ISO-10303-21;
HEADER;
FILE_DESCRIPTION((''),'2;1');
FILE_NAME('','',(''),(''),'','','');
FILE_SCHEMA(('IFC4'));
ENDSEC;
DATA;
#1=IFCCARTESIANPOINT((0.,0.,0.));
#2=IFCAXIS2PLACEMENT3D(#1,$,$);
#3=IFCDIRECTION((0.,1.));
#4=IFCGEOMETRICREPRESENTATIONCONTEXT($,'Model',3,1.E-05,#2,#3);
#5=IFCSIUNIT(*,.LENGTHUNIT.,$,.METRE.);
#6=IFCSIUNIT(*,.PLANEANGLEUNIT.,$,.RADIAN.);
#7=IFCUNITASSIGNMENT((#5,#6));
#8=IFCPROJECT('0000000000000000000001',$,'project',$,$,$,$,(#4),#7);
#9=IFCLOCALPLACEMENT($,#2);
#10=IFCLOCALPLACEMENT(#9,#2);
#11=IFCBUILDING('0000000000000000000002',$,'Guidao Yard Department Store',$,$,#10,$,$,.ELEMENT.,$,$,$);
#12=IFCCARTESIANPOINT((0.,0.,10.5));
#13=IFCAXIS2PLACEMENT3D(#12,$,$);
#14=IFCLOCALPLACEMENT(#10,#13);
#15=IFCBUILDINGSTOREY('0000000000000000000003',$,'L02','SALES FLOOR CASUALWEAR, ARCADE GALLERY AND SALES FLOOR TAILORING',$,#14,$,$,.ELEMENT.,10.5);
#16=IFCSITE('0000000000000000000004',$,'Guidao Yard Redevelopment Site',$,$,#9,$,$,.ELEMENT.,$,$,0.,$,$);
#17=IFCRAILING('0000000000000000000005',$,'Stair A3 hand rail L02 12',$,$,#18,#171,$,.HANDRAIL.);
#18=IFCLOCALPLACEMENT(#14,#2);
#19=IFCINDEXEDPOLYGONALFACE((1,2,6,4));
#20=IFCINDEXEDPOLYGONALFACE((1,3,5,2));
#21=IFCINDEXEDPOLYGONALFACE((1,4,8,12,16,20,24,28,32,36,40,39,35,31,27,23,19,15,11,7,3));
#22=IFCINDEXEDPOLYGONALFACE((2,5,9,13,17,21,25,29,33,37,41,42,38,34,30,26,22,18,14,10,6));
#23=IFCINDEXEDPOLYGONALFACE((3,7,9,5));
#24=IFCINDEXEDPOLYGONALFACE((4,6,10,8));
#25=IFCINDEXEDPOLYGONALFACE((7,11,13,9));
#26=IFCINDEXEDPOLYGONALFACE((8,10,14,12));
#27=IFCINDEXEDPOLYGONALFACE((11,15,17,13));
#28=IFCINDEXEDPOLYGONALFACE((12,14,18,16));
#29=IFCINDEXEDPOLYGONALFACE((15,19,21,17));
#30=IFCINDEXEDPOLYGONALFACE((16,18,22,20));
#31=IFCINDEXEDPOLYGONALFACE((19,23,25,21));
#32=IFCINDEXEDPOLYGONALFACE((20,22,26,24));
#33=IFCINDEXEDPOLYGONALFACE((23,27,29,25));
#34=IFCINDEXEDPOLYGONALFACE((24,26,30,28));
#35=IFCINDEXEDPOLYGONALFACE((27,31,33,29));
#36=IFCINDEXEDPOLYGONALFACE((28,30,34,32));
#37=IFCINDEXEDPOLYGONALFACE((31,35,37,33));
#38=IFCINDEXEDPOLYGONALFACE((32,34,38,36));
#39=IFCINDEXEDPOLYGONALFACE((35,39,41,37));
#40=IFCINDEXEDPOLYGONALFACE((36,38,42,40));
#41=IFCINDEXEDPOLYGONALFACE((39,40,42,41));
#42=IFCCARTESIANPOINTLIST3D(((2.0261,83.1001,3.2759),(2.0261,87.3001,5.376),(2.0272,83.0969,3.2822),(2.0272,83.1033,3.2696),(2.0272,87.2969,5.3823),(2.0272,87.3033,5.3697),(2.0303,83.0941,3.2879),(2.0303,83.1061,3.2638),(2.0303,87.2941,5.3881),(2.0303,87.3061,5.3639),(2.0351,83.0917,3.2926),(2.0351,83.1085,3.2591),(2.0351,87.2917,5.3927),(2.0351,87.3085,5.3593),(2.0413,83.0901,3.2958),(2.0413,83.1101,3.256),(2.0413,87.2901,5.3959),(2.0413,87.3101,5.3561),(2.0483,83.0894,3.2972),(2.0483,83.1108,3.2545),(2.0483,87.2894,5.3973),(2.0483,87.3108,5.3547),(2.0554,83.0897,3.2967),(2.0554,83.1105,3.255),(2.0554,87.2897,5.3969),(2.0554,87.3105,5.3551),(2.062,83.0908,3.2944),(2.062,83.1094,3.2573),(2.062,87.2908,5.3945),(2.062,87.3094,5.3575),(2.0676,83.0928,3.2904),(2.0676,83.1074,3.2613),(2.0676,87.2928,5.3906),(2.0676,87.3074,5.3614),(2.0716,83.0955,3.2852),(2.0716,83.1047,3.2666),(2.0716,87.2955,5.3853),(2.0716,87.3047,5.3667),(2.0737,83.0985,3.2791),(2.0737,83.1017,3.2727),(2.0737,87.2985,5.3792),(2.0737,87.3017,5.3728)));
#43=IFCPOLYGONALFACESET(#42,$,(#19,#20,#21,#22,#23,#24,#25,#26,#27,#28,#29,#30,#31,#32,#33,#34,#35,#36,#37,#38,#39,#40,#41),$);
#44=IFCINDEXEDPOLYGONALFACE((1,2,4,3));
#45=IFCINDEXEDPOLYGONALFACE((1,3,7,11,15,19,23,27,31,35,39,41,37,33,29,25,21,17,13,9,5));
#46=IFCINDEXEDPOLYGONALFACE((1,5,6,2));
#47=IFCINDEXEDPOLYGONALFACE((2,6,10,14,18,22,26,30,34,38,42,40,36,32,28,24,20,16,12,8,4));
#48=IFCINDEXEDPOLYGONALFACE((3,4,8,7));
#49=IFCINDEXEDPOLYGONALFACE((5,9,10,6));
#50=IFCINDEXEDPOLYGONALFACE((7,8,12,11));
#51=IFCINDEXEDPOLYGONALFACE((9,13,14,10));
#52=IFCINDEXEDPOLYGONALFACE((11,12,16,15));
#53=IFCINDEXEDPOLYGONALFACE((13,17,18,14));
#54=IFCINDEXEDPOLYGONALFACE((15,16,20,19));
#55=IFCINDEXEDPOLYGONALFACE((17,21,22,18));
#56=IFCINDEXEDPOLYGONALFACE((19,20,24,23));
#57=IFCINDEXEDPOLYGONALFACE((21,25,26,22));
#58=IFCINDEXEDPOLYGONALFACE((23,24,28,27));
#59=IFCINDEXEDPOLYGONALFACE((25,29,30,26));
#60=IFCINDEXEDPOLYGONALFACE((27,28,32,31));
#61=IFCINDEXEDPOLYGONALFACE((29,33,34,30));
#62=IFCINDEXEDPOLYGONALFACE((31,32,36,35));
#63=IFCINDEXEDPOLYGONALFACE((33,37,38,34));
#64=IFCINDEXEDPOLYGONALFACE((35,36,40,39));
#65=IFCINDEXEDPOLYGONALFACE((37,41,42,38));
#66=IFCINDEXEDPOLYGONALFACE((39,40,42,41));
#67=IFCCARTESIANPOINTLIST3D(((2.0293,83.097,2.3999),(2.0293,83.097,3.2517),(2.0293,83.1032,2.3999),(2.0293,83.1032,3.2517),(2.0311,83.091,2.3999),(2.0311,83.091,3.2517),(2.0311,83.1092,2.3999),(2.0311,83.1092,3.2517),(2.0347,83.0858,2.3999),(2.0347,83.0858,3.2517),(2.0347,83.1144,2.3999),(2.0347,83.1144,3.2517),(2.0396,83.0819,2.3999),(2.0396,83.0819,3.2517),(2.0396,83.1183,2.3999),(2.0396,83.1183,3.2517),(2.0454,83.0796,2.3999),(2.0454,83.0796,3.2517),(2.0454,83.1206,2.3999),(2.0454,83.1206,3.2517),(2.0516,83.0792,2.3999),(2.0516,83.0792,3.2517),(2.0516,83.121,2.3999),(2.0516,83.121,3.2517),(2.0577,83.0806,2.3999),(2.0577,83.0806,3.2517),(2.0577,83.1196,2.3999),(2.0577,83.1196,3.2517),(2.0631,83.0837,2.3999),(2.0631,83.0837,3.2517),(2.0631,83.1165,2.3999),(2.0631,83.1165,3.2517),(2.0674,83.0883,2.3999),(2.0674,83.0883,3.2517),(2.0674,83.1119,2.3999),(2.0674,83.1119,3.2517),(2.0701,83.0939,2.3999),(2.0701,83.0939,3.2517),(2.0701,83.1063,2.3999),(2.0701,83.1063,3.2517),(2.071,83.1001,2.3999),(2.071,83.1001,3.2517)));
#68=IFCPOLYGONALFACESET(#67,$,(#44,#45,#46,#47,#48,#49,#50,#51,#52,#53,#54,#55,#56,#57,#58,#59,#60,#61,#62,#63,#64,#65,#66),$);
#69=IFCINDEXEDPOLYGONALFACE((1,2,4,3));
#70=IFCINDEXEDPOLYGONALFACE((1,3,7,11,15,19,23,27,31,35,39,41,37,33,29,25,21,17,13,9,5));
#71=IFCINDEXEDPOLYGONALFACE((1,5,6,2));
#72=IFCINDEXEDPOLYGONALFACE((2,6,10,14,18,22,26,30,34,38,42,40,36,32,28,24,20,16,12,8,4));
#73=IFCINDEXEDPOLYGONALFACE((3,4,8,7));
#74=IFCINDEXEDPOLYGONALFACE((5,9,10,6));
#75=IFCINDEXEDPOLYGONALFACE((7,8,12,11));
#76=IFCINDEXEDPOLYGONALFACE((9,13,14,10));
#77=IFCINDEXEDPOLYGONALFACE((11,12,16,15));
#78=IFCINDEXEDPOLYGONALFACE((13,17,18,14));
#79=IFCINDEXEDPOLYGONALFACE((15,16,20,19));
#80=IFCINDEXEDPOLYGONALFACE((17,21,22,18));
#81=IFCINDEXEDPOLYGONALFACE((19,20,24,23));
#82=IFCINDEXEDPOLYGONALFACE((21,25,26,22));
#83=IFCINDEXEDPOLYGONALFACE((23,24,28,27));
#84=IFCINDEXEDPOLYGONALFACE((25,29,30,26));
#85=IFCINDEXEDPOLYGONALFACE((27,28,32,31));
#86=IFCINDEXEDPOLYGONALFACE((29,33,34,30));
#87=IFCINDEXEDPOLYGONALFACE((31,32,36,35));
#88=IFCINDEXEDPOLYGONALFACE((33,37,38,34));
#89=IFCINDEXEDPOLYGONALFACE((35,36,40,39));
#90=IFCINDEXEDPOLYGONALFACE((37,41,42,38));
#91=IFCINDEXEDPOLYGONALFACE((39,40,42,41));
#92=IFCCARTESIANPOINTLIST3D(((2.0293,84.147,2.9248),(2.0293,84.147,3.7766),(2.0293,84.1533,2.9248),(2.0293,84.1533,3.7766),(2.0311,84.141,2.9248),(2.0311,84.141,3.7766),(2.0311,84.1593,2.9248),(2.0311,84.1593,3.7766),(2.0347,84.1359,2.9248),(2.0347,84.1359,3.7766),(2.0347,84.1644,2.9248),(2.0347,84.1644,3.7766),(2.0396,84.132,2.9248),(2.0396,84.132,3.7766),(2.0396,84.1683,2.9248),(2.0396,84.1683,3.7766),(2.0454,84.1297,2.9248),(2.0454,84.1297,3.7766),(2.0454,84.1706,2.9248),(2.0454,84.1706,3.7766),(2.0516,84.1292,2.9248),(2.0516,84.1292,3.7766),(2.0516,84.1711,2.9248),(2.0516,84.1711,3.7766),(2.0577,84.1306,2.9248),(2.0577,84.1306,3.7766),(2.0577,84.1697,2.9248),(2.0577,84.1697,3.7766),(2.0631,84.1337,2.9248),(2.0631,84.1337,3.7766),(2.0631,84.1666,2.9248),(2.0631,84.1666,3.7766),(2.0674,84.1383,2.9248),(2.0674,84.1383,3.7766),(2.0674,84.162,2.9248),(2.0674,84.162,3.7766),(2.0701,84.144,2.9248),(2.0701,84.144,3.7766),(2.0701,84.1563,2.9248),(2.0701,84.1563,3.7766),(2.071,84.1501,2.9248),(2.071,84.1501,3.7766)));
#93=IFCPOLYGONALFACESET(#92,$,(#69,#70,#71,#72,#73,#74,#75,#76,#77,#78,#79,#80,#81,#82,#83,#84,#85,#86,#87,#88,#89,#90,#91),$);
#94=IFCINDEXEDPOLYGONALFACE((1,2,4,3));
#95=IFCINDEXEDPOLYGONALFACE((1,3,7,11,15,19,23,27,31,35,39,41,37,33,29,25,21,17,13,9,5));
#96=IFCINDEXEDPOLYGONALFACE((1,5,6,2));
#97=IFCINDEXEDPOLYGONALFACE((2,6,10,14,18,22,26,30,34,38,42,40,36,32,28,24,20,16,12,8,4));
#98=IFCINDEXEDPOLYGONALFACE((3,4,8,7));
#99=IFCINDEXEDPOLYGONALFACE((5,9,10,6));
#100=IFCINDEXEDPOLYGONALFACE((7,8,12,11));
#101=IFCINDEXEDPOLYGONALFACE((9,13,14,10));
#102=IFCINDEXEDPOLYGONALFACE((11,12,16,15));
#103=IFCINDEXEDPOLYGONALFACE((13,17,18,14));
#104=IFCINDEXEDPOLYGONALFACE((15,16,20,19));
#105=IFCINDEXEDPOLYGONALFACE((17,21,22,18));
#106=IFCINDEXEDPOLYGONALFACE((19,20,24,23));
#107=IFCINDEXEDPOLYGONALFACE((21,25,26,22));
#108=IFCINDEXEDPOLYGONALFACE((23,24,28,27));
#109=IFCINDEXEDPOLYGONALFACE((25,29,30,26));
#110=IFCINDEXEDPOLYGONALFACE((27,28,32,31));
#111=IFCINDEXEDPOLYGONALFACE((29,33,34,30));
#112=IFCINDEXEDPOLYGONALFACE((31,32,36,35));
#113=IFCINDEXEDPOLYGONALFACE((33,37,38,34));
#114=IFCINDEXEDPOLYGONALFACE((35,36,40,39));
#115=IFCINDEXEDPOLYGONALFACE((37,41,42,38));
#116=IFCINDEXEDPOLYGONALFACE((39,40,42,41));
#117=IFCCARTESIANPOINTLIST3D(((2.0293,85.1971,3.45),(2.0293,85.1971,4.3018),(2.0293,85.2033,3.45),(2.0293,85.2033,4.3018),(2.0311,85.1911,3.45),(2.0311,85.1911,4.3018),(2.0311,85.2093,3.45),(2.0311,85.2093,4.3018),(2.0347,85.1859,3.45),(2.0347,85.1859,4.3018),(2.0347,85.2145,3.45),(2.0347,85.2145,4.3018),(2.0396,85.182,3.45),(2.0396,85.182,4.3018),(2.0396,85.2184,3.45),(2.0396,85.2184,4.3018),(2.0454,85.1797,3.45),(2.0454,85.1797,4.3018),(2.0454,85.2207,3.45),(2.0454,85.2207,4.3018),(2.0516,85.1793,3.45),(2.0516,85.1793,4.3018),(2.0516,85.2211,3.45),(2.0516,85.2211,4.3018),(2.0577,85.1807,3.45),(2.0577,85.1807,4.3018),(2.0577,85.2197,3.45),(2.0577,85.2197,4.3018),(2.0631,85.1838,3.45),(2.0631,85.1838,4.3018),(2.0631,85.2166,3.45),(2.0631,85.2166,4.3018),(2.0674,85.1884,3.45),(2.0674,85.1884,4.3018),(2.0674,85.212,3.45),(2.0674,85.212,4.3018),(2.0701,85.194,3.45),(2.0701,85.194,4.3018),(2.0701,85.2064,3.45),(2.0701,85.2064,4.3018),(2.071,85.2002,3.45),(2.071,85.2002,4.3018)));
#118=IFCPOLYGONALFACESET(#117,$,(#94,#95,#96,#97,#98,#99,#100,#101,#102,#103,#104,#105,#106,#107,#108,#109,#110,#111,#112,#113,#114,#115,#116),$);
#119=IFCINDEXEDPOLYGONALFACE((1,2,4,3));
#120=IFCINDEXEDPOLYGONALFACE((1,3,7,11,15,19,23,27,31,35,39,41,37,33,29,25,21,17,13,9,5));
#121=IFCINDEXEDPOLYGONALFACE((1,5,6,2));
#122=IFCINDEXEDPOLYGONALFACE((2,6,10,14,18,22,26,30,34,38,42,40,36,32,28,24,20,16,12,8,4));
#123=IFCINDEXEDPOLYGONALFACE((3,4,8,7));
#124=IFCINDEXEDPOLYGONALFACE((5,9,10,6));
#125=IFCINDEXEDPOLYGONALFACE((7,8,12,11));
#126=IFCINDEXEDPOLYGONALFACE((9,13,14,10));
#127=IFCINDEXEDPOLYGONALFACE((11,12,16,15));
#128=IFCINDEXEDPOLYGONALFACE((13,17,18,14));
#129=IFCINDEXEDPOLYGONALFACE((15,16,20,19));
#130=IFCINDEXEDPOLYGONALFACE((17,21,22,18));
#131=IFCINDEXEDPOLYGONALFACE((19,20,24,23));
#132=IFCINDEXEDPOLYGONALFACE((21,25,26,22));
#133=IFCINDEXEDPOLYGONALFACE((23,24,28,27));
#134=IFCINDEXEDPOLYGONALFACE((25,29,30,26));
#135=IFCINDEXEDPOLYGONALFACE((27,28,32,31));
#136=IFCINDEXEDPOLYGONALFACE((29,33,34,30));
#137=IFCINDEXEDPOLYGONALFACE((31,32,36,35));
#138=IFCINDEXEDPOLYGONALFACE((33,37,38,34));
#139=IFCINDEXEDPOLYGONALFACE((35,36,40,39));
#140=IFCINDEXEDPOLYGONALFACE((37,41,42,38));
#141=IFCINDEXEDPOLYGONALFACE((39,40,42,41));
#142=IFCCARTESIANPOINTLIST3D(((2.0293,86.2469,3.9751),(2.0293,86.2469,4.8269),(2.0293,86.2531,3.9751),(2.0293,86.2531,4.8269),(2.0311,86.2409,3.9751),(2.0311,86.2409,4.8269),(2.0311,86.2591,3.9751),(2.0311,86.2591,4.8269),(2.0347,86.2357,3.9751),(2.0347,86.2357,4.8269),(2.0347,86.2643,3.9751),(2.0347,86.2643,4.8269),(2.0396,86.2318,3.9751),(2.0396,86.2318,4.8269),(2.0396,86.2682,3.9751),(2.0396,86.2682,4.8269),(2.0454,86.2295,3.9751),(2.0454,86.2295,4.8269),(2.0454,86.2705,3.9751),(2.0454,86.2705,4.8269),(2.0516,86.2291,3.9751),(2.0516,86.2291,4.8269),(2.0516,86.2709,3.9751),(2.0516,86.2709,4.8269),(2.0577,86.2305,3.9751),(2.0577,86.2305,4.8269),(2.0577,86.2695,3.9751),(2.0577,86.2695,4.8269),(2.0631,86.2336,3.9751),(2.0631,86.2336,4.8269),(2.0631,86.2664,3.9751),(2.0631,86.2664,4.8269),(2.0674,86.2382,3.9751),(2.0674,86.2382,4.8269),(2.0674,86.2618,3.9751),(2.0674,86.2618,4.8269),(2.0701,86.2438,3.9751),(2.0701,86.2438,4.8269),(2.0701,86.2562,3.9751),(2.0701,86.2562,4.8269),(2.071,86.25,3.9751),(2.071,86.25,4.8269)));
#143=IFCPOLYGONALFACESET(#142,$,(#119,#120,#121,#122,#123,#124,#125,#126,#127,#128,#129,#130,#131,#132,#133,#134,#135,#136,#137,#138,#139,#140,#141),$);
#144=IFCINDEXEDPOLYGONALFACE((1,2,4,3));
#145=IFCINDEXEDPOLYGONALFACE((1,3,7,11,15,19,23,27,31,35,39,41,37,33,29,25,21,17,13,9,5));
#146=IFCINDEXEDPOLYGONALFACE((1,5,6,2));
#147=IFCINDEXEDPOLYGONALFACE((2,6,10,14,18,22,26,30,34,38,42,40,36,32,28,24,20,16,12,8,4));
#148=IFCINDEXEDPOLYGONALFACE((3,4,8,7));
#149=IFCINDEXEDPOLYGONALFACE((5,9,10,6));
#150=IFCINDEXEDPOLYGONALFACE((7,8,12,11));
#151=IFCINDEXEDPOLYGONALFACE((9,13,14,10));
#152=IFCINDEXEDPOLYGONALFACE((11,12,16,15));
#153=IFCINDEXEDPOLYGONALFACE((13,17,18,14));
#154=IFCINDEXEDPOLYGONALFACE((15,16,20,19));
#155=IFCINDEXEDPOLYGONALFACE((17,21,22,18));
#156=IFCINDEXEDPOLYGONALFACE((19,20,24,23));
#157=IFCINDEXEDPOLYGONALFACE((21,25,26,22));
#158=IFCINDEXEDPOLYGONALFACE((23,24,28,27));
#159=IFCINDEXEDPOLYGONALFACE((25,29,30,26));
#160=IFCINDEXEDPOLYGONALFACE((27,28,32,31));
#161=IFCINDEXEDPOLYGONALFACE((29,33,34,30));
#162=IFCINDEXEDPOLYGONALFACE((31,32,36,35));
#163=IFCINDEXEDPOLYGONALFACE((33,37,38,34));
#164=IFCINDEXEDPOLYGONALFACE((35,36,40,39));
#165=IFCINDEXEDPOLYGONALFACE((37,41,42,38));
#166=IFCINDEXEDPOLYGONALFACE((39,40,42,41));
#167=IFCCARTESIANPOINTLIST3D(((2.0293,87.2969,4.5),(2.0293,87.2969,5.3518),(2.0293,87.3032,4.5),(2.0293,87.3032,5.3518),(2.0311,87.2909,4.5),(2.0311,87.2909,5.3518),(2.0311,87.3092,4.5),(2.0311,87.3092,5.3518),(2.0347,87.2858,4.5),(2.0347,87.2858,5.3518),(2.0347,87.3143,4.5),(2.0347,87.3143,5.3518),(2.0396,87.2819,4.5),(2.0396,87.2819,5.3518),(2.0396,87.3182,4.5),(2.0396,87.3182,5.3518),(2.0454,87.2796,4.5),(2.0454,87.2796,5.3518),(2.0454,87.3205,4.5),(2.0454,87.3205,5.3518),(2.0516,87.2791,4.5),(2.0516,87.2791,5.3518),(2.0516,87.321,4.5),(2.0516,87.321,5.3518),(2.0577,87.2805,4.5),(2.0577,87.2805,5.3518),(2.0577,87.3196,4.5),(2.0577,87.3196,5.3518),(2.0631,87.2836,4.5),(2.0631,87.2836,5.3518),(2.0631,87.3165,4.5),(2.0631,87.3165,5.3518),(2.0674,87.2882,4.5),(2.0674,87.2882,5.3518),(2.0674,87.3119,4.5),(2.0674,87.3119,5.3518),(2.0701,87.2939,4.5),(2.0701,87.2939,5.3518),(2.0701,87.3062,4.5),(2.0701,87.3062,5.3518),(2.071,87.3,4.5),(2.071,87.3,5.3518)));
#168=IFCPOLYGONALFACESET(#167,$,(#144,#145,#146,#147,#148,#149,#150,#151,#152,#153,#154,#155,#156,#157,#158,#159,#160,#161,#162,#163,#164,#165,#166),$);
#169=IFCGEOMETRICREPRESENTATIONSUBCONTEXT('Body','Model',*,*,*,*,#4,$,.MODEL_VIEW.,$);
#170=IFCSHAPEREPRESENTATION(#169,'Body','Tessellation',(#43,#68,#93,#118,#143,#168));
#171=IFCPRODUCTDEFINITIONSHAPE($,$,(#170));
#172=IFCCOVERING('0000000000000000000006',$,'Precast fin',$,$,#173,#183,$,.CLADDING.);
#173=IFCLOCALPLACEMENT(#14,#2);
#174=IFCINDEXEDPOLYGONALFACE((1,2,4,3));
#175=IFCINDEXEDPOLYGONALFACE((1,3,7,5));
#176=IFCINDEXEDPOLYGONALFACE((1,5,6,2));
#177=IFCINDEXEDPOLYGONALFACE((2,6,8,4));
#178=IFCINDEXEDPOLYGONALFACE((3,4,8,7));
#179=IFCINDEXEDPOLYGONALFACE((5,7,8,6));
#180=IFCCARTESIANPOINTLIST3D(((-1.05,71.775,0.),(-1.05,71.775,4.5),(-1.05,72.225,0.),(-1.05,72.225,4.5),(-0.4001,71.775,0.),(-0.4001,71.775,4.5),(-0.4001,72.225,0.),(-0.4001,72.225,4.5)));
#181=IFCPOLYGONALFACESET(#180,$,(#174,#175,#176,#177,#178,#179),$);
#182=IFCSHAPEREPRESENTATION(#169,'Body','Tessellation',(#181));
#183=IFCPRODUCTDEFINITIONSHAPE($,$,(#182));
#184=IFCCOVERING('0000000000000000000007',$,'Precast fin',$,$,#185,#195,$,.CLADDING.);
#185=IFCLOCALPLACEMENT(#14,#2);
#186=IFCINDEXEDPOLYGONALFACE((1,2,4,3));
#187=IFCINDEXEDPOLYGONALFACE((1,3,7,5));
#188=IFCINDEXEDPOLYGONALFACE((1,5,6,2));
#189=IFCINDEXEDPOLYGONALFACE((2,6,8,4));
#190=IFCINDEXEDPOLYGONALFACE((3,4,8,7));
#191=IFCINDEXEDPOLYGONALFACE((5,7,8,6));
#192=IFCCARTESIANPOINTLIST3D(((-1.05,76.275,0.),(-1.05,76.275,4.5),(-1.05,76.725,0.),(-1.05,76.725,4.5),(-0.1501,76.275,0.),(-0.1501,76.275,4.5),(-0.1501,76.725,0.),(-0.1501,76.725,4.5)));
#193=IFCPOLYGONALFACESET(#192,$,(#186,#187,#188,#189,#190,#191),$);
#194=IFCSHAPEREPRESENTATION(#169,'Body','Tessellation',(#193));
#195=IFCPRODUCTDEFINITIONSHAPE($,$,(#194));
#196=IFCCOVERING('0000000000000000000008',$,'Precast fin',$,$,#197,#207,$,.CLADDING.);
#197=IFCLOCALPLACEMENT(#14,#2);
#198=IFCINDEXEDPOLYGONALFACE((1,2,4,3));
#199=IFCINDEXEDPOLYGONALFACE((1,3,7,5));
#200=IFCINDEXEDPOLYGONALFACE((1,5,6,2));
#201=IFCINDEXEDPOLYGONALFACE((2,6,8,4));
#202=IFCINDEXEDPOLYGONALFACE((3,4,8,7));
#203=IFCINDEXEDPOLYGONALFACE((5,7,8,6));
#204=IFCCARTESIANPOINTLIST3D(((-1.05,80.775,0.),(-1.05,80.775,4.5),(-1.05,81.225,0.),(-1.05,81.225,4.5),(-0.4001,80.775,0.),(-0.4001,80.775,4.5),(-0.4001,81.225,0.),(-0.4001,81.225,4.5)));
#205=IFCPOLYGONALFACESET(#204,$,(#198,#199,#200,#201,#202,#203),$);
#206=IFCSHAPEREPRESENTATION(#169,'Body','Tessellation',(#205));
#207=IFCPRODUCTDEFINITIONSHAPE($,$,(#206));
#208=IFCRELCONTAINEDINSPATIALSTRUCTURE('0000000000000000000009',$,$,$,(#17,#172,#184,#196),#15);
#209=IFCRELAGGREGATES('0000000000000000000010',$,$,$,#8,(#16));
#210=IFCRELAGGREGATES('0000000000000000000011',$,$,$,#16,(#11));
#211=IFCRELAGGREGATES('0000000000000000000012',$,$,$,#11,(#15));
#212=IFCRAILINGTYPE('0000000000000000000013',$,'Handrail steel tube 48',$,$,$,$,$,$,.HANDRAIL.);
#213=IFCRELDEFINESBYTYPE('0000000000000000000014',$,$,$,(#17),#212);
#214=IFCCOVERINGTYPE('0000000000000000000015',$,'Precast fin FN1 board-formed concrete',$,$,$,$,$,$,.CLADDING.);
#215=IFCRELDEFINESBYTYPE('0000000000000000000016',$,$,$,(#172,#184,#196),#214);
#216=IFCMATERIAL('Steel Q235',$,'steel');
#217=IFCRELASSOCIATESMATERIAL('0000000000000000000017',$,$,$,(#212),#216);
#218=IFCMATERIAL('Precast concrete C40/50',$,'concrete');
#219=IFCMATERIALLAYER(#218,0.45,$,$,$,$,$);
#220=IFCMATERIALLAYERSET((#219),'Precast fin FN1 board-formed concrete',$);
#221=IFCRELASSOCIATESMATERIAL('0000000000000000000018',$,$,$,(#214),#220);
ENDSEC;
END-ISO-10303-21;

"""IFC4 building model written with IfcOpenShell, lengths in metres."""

from ifc_helpers import new_model, si_unit, direction, frame, origin, origin_2d, place, context, subcontext, project, spatial, rectangle, circle, extrude, material, layer, layer_set, type_object, element, save


model = new_model("IFC4")

# Units and contexts
model_context = context("Model", 3, precision=1e-05, world=origin(), true_north=direction((0.0, 1.0)))
body_context = subcontext(model_context, "Body", "Model", "MODEL_VIEW")
ifc_project = project(units=[si_unit("LENGTHUNIT", "METRE"), si_unit("PLANEANGLEUNIT", "RADIAN")], contexts=[model_context])

# Site, building, storey
site_placement = place(None, origin())
site = spatial("IfcSite", under=ifc_project, at=site_placement, Name="Guidao Yard Redevelopment Site", CompositionType="ELEMENT", RefElevation=0.0)
building_placement = place(site_placement, origin())
building = spatial("IfcBuilding", under=site, at=building_placement, Name="Guidao Yard Department Store", CompositionType="ELEMENT")
storey_placement = place(building_placement, frame((0.0, 0.0, 10.5)))
storey = spatial("IfcBuildingStorey", under=building, at=storey_placement, Name="L02", Description="SALES FLOOR CASUALWEAR, ARCADE GALLERY AND SALES FLOOR TAILORING", CompositionType="ELEMENT", Elevation=10.5)

# Railing
ifc_material_1 = material(Name="Steel Q235", Category="steel")
railing_type_1 = type_object("IfcRailingType", Name="Handrail steel tube 48", PredefinedType="HANDRAIL", material=ifc_material_1)
for number, where, name in (
    (1, (2.05, 83.1001, 2.3999), "Stair A3 hand rail L02 12"),
):
    element("IfcRailing", number, at=place(storey_placement, frame(where)), inside=storey, type_object=railing_type_1, Name=name, PredefinedType="HANDRAIL", context=body_context, shape_type="SweptSolid", body=[
        extrude(circle(Radius=0.0239, at=origin_2d()), frame((0.0, 0.0, 0.876), z_axis=(0.0, 0.894417, 0.447234), x_axis=(-1.0, 0.0, 0.0)), (0.0, 0.0, 1.0), 4.6958),
        extrude(circle(Radius=0.021, at=origin_2d()), origin(), (0.0, 0.0, 1.0), 0.8518),
        extrude(circle(Radius=0.021, at=origin_2d()), frame((0.0, 1.05, 0.5249)), (0.0, 0.0, 1.0), 0.8518),
        extrude(circle(Radius=0.021, at=origin_2d()), frame((0.0, 2.1001, 1.05)), (0.0, 0.0, 1.0), 0.8518),
        extrude(circle(Radius=0.021, at=origin_2d()), frame((0.0, 3.1499, 1.5752)), (0.0, 0.0, 1.0), 0.8518),
        extrude(circle(Radius=0.021, at=origin_2d()), frame((0.0, 4.2, 2.1001)), (0.0, 0.0, 1.0), 0.8518),
    ])

# Coverings
ifc_material_2 = material(Name="Precast concrete C40/50", Category="concrete")
ifc_layer_1 = layer(ifc_material_2, 0.45)
ifc_layer_set_1 = layer_set([ifc_layer_1], Name="Precast fin FN1 board-formed concrete")
covering_type = type_object("IfcCoveringType", Name="Precast fin FN1 board-formed concrete", PredefinedType="CLADDING", material=ifc_layer_set_1)
covering_1_placement = place(storey_placement, frame((-0.7251, 72.0, 0.0), z_axis=(0.0, 0.0, 1.0), x_axis=(0.0, 1.0, 0.0)))
element("IfcCovering", 2, at=covering_1_placement, inside=storey, type_object=covering_type, Name="Precast fin", PredefinedType="CLADDING", context=body_context, shape_type="SweptSolid", body=[
    extrude(rectangle(XDim=0.45, YDim=0.6499, at=origin_2d()), origin(), (0.0, 0.0, 1.0), 4.5),
])
covering_2_placement = place(storey_placement, frame((-0.6001, 76.5, 0.0), z_axis=(0.0, 0.0, 1.0), x_axis=(0.0, 1.0, 0.0)))
element("IfcCovering", 3, at=covering_2_placement, inside=storey, type_object=covering_type, Name="Precast fin", PredefinedType="CLADDING", context=body_context, shape_type="SweptSolid", body=[
    extrude(rectangle(XDim=0.45, YDim=0.8999, at=origin_2d()), origin(), (0.0, 0.0, 1.0), 4.5),
])
for number, where, z_axis, x_axis, name in (
    (4, (-0.7251, 81.0, 0.0), (0.0, 0.0, 1.0), (0.0, 1.0, 0.0), "Precast fin"),
):
    element("IfcCovering", number, at=place(storey_placement, frame(where, z_axis=z_axis, x_axis=x_axis)), inside=storey, type_object=covering_type, Name=name, PredefinedType="CLADDING", context=body_context, shape_type="SweptSolid", body=[
        extrude(rectangle(XDim=0.45, YDim=0.6499, at=origin_2d()), origin(), (0.0, 0.0, 1.0), 4.5),
    ])

save(model, "model.ifc")
